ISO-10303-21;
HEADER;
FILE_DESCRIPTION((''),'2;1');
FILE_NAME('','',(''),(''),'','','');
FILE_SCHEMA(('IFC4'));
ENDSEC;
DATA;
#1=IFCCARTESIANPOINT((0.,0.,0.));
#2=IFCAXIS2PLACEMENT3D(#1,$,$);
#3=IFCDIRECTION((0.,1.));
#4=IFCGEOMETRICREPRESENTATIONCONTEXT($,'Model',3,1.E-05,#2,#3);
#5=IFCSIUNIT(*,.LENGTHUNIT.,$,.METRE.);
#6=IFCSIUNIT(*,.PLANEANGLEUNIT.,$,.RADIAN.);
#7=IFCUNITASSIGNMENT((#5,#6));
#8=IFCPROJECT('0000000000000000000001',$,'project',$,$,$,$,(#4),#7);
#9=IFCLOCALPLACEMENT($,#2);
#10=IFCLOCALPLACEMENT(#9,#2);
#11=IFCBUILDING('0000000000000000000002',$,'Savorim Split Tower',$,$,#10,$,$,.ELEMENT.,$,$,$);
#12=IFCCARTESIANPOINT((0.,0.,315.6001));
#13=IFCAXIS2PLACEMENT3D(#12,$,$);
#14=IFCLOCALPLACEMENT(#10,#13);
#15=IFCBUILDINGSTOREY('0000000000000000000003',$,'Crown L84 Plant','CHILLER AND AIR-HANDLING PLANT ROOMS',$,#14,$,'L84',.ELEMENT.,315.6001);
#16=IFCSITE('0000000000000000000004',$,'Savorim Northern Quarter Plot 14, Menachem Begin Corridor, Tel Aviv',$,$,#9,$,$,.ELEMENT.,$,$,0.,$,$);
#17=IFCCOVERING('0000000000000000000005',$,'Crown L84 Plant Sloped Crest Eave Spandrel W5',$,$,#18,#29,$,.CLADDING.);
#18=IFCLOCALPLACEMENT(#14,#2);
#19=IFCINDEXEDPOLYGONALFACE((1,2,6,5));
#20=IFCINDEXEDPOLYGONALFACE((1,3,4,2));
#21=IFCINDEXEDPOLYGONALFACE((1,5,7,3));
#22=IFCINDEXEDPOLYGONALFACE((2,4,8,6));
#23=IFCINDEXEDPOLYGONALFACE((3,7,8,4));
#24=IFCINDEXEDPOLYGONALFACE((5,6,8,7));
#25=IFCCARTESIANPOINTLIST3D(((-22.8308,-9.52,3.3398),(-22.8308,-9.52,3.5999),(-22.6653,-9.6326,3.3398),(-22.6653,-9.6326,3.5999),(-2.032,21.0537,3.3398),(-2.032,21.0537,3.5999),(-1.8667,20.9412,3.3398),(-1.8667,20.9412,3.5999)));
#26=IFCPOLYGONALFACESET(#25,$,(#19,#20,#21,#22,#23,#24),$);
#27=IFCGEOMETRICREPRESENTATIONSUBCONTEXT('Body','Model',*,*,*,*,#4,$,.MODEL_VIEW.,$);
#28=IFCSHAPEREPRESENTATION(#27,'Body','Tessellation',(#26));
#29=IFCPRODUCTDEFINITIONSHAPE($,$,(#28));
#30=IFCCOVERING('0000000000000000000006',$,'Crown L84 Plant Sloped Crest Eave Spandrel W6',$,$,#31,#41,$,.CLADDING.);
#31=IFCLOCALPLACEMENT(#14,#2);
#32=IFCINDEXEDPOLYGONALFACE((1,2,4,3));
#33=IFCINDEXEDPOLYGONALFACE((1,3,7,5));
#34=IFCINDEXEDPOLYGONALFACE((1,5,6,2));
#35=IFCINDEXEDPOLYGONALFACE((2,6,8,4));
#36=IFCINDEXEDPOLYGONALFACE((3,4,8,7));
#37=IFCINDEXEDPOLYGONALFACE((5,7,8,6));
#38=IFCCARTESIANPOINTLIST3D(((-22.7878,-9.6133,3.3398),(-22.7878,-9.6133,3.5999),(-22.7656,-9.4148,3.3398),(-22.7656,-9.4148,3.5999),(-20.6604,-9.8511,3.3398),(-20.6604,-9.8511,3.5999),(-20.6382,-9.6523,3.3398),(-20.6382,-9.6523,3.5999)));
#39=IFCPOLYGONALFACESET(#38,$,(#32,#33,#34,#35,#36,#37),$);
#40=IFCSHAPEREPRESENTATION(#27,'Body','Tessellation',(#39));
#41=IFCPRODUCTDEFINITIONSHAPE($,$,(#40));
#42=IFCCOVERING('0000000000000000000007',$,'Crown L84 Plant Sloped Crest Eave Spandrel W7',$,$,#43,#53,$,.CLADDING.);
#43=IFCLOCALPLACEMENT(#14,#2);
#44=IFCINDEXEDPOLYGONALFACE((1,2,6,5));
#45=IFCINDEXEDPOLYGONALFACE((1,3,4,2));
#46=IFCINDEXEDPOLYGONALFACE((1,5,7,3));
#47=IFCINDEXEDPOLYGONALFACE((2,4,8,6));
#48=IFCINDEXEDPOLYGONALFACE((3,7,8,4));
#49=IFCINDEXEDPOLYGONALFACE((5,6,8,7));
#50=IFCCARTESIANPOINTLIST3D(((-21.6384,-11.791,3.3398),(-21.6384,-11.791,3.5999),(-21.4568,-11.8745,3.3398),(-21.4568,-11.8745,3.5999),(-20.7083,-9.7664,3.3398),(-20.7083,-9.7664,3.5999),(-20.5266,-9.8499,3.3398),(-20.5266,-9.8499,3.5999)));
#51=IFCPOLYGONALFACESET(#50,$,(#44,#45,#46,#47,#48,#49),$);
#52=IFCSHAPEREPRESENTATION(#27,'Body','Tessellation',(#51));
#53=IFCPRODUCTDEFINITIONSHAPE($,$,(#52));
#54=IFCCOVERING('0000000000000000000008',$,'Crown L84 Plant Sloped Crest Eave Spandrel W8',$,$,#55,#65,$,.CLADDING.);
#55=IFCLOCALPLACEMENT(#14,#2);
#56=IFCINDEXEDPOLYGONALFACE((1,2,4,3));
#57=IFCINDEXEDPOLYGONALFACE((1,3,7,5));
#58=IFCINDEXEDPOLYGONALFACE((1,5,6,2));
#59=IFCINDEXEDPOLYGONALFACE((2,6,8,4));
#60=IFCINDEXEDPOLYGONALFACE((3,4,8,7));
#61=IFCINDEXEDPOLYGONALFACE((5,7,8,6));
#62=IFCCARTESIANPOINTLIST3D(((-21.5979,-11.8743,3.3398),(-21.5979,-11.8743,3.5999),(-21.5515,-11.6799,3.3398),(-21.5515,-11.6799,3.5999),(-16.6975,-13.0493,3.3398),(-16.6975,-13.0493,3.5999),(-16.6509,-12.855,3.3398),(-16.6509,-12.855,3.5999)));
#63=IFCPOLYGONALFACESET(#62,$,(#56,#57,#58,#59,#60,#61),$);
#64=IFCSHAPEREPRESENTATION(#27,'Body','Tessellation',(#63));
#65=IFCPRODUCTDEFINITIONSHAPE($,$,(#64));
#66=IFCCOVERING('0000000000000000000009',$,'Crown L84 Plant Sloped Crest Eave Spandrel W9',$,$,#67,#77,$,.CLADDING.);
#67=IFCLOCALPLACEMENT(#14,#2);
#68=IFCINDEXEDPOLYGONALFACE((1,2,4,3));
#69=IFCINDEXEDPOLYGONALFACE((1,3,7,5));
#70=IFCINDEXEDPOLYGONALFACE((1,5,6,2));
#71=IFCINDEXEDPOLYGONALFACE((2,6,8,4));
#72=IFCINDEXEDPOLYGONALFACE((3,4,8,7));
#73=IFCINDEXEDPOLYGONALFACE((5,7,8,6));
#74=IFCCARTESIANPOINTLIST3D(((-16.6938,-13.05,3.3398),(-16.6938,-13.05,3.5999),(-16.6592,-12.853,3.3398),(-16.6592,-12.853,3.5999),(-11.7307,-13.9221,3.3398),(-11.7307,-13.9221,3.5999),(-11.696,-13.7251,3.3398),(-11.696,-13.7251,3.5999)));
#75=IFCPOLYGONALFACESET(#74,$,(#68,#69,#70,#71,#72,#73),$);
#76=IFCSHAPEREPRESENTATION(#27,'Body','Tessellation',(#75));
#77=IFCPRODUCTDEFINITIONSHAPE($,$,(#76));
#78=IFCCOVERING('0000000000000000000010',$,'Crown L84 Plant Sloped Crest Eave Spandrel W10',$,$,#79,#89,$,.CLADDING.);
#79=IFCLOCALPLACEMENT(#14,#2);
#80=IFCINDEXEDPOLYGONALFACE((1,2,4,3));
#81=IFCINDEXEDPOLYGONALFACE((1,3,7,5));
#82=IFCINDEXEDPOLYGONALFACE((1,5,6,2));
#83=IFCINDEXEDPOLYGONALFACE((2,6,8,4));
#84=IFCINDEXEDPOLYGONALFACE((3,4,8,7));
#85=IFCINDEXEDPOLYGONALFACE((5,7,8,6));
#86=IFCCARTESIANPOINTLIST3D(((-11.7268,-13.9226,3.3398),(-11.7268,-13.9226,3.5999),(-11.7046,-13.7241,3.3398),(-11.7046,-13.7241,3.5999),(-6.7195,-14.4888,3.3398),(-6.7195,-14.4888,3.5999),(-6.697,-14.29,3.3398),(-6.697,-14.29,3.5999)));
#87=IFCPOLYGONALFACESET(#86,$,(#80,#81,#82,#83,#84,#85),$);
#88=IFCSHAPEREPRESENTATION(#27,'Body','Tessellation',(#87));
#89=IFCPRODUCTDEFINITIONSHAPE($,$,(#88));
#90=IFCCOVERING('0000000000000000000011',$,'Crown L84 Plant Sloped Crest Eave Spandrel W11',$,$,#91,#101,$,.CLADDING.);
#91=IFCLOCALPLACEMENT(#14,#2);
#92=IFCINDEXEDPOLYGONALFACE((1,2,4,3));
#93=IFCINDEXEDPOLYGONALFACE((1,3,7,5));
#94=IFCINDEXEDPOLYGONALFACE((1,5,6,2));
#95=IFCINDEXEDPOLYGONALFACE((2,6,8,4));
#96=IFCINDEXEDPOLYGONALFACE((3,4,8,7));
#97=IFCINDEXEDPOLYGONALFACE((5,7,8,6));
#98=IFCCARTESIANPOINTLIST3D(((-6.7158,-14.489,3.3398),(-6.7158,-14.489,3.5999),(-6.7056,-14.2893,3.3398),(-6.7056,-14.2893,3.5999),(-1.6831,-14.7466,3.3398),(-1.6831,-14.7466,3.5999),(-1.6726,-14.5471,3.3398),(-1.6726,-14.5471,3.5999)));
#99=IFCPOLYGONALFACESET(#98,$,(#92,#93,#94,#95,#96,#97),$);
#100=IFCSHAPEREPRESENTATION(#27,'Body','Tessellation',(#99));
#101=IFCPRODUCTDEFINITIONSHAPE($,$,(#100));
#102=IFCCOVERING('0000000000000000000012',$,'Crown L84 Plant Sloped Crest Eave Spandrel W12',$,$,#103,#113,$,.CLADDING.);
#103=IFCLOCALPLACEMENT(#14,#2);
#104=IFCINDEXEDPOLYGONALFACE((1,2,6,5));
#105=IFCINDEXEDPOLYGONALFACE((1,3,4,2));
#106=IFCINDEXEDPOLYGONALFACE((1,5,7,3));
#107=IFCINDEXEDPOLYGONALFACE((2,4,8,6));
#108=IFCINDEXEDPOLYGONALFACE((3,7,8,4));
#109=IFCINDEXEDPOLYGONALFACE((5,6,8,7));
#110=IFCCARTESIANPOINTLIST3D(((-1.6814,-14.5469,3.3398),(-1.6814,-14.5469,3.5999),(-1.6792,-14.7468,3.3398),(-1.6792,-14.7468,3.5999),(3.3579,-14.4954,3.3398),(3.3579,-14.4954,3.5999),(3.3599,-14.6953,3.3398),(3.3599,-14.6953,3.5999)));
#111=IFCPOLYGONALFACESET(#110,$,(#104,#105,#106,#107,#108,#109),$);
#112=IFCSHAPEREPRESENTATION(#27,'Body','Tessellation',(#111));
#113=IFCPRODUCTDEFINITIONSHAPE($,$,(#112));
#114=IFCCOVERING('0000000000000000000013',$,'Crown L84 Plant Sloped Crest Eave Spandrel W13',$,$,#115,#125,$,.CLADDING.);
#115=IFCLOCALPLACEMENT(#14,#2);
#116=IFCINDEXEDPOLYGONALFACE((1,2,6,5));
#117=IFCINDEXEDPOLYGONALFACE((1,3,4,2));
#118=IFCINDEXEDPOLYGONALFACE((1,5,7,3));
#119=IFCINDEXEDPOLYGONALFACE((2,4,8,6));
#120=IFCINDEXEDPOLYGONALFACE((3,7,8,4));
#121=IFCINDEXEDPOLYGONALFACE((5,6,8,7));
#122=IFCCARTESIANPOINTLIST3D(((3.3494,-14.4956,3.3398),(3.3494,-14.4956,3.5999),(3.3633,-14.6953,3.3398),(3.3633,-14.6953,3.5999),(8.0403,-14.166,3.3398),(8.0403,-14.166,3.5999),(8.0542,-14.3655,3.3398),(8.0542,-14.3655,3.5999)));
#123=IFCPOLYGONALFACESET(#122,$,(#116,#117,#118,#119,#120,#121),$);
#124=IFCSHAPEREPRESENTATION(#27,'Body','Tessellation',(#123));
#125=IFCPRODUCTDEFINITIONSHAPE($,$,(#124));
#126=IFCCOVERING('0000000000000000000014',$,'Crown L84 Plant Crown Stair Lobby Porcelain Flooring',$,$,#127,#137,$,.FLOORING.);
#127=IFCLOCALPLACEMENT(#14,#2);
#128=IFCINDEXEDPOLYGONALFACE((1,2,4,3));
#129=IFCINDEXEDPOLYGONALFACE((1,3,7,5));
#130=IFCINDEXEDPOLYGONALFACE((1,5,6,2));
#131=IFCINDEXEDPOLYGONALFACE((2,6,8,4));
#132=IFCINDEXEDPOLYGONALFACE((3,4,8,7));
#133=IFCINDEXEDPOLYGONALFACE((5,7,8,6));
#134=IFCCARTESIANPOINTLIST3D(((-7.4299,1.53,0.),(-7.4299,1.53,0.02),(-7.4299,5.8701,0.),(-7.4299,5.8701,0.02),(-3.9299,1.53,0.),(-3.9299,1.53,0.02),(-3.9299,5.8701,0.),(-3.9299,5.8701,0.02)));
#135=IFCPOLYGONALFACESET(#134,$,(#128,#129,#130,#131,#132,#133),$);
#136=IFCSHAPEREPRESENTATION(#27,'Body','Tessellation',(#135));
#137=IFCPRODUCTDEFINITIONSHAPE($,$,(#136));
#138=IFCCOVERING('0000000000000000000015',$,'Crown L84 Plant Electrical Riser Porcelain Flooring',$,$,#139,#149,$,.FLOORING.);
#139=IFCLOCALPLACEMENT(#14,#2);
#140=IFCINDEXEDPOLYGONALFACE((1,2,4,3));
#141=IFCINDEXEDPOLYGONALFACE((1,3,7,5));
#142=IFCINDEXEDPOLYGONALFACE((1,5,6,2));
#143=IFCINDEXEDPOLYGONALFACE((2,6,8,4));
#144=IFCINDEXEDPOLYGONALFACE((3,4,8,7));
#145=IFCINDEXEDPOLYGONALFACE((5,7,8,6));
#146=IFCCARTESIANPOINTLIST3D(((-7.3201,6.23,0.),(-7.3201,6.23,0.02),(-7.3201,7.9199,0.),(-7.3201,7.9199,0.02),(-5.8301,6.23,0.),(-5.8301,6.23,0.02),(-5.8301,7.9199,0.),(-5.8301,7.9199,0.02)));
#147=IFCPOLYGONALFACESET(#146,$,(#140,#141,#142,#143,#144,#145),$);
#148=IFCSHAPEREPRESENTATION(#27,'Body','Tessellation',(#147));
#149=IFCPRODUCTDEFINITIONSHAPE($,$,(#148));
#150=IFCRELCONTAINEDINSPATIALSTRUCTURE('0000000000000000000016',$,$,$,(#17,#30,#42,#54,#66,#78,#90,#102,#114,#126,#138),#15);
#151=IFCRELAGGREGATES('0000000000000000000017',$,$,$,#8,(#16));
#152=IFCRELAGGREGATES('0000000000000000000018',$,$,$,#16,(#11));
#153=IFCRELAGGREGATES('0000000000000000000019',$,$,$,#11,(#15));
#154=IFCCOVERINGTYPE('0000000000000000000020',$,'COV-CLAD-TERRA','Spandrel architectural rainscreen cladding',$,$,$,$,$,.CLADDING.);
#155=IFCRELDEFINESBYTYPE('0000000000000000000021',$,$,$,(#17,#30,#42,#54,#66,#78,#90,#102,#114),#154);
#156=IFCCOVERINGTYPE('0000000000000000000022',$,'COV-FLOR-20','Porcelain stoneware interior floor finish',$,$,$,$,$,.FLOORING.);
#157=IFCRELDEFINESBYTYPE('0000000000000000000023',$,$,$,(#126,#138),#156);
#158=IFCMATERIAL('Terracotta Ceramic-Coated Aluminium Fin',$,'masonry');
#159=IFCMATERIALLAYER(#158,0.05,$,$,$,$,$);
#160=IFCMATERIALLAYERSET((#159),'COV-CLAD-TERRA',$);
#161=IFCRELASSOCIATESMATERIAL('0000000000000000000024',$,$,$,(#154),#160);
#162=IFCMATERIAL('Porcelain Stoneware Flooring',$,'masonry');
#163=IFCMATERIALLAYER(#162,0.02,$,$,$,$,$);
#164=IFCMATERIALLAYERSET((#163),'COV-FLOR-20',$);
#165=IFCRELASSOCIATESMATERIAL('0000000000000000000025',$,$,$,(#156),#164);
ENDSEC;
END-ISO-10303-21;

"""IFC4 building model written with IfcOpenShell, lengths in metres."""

from ifc_helpers import new_model, si_unit, direction, frame, origin, place, context, subcontext, project, spatial, polyline, outline, extrude, material, layer, layer_set, type_object, element, save


model = new_model("IFC4")

# Units and contexts
model_context = context("Model", 3, precision=1e-05, world=origin(), true_north=direction((0.0, 1.0)))
body_context = subcontext(model_context, "Body", "Model", "MODEL_VIEW")
ifc_project = project(units=[si_unit("LENGTHUNIT", "METRE"), si_unit("PLANEANGLEUNIT", "RADIAN")], contexts=[model_context])

# Site, building, storey
site_placement = place(None, origin())
site = spatial("IfcSite", under=ifc_project, at=site_placement, Name="Savorim Northern Quarter Plot 14, Menachem Begin Corridor, Tel Aviv", CompositionType="ELEMENT", RefElevation=0.0)
building_placement = place(site_placement, origin())
building = spatial("IfcBuilding", under=site, at=building_placement, Name="Savorim Split Tower", CompositionType="ELEMENT")
storey_placement = place(building_placement, frame((0.0, 0.0, 315.6001)))
storey = spatial("IfcBuildingStorey", under=building, at=storey_placement, Name="Crown L84 Plant", Description="CHILLER AND AIR-HANDLING PLANT ROOMS", LongName="L84", CompositionType="ELEMENT", Elevation=315.6001)

# Coverings
ifc_material_1 = material(Name="Terracotta Ceramic-Coated Aluminium Fin", Category="masonry")
ifc_layer_1 = layer(ifc_material_1, 0.05)
ifc_layer_set_1 = layer_set([ifc_layer_1], Name="COV-CLAD-TERRA")
covering_type_1 = type_object("IfcCoveringType", Name="COV-CLAD-TERRA", Description="Spandrel architectural rainscreen cladding", PredefinedType="CLADDING", material=ifc_layer_set_1)
covering_1_placement = place(storey_placement, frame((0.0, 0.0, 3.3398)))
element("IfcCovering", 1, at=covering_1_placement, inside=storey, type_object=covering_type_1, Name="Crown L84 Plant Sloped Crest Eave Spandrel W5", PredefinedType="CLADDING", context=body_context, shape_type="SweptSolid", body=[
    extrude(outline(polyline([(-2.032, 21.0537), (-22.8308, -9.52), (-22.6653, -9.6326), (-1.8667, 20.9412), (-2.032, 21.0537)])), origin(), (0.0, 0.0, 1.0), 0.26),
])
covering_2_placement = place(storey_placement, frame((0.0, 0.0, 3.3398)))
element("IfcCovering", 2, at=covering_2_placement, inside=storey, type_object=covering_type_1, Name="Crown L84 Plant Sloped Crest Eave Spandrel W6", PredefinedType="CLADDING", context=body_context, shape_type="SweptSolid", body=[
    extrude(outline(polyline([(-22.7878, -9.6133), (-20.6604, -9.8511), (-20.6382, -9.6523), (-22.7656, -9.4148), (-22.7878, -9.6133)])), origin(), (0.0, 0.0, 1.0), 0.26),
])
covering_3_placement = place(storey_placement, frame((0.0, 0.0, 3.3398)))
element("IfcCovering", 3, at=covering_3_placement, inside=storey, type_object=covering_type_1, Name="Crown L84 Plant Sloped Crest Eave Spandrel W7", PredefinedType="CLADDING", context=body_context, shape_type="SweptSolid", body=[
    extrude(outline(polyline([(-20.7083, -9.7664), (-21.6384, -11.791), (-21.4568, -11.8745), (-20.5266, -9.8499), (-20.7083, -9.7664)])), origin(), (0.0, 0.0, 1.0), 0.26),
])
covering_4_placement = place(storey_placement, frame((0.0, 0.0, 3.3398)))
element("IfcCovering", 4, at=covering_4_placement, inside=storey, type_object=covering_type_1, Name="Crown L84 Plant Sloped Crest Eave Spandrel W8", PredefinedType="CLADDING", context=body_context, shape_type="SweptSolid", body=[
    extrude(outline(polyline([(-21.5979, -11.8743), (-16.6975, -13.0493), (-16.6509, -12.855), (-21.5515, -11.6799), (-21.5979, -11.8743)])), origin(), (0.0, 0.0, 1.0), 0.26),
])
covering_5_placement = place(storey_placement, frame((0.0, 0.0, 3.3398)))
element("IfcCovering", 5, at=covering_5_placement, inside=storey, type_object=covering_type_1, Name="Crown L84 Plant Sloped Crest Eave Spandrel W9", PredefinedType="CLADDING", context=body_context, shape_type="SweptSolid", body=[
    extrude(outline(polyline([(-16.6938, -13.05), (-11.7307, -13.9221), (-11.696, -13.7251), (-16.6592, -12.853), (-16.6938, -13.05)])), origin(), (0.0, 0.0, 1.0), 0.26),
])
covering_6_placement = place(storey_placement, frame((0.0, 0.0, 3.3398)))
element("IfcCovering", 6, at=covering_6_placement, inside=storey, type_object=covering_type_1, Name="Crown L84 Plant Sloped Crest Eave Spandrel W10", PredefinedType="CLADDING", context=body_context, shape_type="SweptSolid", body=[
    extrude(outline(polyline([(-11.7268, -13.9226), (-6.7195, -14.4888), (-6.697, -14.29), (-11.7046, -13.7241), (-11.7268, -13.9226)])), origin(), (0.0, 0.0, 1.0), 0.26),
])
covering_7_placement = place(storey_placement, frame((0.0, 0.0, 3.3398)))
element("IfcCovering", 7, at=covering_7_placement, inside=storey, type_object=covering_type_1, Name="Crown L84 Plant Sloped Crest Eave Spandrel W11", PredefinedType="CLADDING", context=body_context, shape_type="SweptSolid", body=[
    extrude(outline(polyline([(-6.7158, -14.489), (-1.6831, -14.7466), (-1.6726, -14.5471), (-6.7056, -14.2893), (-6.7158, -14.489)])), origin(), (0.0, 0.0, 1.0), 0.26),
])
covering_8_placement = place(storey_placement, frame((0.0, 0.0, 3.3398)))
element("IfcCovering", 8, at=covering_8_placement, inside=storey, type_object=covering_type_1, Name="Crown L84 Plant Sloped Crest Eave Spandrel W12", PredefinedType="CLADDING", context=body_context, shape_type="SweptSolid", body=[
    extrude(outline(polyline([(-1.6792, -14.7468), (3.3599, -14.6953), (3.3579, -14.4954), (-1.6814, -14.5469), (-1.6792, -14.7468)])), origin(), (0.0, 0.0, 1.0), 0.26),
])
covering_9_placement = place(storey_placement, frame((0.0, 0.0, 3.3398)))
element("IfcCovering", 9, at=covering_9_placement, inside=storey, type_object=covering_type_1, Name="Crown L84 Plant Sloped Crest Eave Spandrel W13", PredefinedType="CLADDING", context=body_context, shape_type="SweptSolid", body=[
    extrude(outline(polyline([(3.3633, -14.6953), (8.0542, -14.3655), (8.0403, -14.166), (3.3494, -14.4956), (3.3633, -14.6953)])), origin(), (0.0, 0.0, 1.0), 0.26),
])
ifc_material_2 = material(Name="Porcelain Stoneware Flooring", Category="masonry")
ifc_layer_2 = layer(ifc_material_2, 0.02)
ifc_layer_set_2 = layer_set([ifc_layer_2], Name="COV-FLOR-20")
covering_type_2 = type_object("IfcCoveringType", Name="COV-FLOR-20", Description="Porcelain stoneware interior floor finish", PredefinedType="FLOORING", material=ifc_layer_set_2)
covering_10_placement = place(storey_placement, origin())
element("IfcCovering", 10, at=covering_10_placement, inside=storey, type_object=covering_type_2, Name="Crown L84 Plant Crown Stair Lobby Porcelain Flooring", PredefinedType="FLOORING", context=body_context, shape_type="SweptSolid", body=[
    extrude(outline(polyline([(-7.4299, 5.8701), (-7.4299, 1.53), (-3.9299, 1.53), (-3.9299, 5.8701), (-7.4299, 5.8701)])), origin(), (0.0, 0.0, 1.0), 0.02),
])
covering_11_placement = place(storey_placement, origin())
element("IfcCovering", 11, at=covering_11_placement, inside=storey, type_object=covering_type_2, Name="Crown L84 Plant Electrical Riser Porcelain Flooring", PredefinedType="FLOORING", context=body_context, shape_type="SweptSolid", body=[
    extrude(outline(polyline([(-7.3201, 7.9199), (-7.3201, 6.23), (-5.8301, 6.23), (-5.8301, 7.9199), (-7.3201, 7.9199)])), origin(), (0.0, 0.0, 1.0), 0.02),
])

save(model, "model.ifc")
